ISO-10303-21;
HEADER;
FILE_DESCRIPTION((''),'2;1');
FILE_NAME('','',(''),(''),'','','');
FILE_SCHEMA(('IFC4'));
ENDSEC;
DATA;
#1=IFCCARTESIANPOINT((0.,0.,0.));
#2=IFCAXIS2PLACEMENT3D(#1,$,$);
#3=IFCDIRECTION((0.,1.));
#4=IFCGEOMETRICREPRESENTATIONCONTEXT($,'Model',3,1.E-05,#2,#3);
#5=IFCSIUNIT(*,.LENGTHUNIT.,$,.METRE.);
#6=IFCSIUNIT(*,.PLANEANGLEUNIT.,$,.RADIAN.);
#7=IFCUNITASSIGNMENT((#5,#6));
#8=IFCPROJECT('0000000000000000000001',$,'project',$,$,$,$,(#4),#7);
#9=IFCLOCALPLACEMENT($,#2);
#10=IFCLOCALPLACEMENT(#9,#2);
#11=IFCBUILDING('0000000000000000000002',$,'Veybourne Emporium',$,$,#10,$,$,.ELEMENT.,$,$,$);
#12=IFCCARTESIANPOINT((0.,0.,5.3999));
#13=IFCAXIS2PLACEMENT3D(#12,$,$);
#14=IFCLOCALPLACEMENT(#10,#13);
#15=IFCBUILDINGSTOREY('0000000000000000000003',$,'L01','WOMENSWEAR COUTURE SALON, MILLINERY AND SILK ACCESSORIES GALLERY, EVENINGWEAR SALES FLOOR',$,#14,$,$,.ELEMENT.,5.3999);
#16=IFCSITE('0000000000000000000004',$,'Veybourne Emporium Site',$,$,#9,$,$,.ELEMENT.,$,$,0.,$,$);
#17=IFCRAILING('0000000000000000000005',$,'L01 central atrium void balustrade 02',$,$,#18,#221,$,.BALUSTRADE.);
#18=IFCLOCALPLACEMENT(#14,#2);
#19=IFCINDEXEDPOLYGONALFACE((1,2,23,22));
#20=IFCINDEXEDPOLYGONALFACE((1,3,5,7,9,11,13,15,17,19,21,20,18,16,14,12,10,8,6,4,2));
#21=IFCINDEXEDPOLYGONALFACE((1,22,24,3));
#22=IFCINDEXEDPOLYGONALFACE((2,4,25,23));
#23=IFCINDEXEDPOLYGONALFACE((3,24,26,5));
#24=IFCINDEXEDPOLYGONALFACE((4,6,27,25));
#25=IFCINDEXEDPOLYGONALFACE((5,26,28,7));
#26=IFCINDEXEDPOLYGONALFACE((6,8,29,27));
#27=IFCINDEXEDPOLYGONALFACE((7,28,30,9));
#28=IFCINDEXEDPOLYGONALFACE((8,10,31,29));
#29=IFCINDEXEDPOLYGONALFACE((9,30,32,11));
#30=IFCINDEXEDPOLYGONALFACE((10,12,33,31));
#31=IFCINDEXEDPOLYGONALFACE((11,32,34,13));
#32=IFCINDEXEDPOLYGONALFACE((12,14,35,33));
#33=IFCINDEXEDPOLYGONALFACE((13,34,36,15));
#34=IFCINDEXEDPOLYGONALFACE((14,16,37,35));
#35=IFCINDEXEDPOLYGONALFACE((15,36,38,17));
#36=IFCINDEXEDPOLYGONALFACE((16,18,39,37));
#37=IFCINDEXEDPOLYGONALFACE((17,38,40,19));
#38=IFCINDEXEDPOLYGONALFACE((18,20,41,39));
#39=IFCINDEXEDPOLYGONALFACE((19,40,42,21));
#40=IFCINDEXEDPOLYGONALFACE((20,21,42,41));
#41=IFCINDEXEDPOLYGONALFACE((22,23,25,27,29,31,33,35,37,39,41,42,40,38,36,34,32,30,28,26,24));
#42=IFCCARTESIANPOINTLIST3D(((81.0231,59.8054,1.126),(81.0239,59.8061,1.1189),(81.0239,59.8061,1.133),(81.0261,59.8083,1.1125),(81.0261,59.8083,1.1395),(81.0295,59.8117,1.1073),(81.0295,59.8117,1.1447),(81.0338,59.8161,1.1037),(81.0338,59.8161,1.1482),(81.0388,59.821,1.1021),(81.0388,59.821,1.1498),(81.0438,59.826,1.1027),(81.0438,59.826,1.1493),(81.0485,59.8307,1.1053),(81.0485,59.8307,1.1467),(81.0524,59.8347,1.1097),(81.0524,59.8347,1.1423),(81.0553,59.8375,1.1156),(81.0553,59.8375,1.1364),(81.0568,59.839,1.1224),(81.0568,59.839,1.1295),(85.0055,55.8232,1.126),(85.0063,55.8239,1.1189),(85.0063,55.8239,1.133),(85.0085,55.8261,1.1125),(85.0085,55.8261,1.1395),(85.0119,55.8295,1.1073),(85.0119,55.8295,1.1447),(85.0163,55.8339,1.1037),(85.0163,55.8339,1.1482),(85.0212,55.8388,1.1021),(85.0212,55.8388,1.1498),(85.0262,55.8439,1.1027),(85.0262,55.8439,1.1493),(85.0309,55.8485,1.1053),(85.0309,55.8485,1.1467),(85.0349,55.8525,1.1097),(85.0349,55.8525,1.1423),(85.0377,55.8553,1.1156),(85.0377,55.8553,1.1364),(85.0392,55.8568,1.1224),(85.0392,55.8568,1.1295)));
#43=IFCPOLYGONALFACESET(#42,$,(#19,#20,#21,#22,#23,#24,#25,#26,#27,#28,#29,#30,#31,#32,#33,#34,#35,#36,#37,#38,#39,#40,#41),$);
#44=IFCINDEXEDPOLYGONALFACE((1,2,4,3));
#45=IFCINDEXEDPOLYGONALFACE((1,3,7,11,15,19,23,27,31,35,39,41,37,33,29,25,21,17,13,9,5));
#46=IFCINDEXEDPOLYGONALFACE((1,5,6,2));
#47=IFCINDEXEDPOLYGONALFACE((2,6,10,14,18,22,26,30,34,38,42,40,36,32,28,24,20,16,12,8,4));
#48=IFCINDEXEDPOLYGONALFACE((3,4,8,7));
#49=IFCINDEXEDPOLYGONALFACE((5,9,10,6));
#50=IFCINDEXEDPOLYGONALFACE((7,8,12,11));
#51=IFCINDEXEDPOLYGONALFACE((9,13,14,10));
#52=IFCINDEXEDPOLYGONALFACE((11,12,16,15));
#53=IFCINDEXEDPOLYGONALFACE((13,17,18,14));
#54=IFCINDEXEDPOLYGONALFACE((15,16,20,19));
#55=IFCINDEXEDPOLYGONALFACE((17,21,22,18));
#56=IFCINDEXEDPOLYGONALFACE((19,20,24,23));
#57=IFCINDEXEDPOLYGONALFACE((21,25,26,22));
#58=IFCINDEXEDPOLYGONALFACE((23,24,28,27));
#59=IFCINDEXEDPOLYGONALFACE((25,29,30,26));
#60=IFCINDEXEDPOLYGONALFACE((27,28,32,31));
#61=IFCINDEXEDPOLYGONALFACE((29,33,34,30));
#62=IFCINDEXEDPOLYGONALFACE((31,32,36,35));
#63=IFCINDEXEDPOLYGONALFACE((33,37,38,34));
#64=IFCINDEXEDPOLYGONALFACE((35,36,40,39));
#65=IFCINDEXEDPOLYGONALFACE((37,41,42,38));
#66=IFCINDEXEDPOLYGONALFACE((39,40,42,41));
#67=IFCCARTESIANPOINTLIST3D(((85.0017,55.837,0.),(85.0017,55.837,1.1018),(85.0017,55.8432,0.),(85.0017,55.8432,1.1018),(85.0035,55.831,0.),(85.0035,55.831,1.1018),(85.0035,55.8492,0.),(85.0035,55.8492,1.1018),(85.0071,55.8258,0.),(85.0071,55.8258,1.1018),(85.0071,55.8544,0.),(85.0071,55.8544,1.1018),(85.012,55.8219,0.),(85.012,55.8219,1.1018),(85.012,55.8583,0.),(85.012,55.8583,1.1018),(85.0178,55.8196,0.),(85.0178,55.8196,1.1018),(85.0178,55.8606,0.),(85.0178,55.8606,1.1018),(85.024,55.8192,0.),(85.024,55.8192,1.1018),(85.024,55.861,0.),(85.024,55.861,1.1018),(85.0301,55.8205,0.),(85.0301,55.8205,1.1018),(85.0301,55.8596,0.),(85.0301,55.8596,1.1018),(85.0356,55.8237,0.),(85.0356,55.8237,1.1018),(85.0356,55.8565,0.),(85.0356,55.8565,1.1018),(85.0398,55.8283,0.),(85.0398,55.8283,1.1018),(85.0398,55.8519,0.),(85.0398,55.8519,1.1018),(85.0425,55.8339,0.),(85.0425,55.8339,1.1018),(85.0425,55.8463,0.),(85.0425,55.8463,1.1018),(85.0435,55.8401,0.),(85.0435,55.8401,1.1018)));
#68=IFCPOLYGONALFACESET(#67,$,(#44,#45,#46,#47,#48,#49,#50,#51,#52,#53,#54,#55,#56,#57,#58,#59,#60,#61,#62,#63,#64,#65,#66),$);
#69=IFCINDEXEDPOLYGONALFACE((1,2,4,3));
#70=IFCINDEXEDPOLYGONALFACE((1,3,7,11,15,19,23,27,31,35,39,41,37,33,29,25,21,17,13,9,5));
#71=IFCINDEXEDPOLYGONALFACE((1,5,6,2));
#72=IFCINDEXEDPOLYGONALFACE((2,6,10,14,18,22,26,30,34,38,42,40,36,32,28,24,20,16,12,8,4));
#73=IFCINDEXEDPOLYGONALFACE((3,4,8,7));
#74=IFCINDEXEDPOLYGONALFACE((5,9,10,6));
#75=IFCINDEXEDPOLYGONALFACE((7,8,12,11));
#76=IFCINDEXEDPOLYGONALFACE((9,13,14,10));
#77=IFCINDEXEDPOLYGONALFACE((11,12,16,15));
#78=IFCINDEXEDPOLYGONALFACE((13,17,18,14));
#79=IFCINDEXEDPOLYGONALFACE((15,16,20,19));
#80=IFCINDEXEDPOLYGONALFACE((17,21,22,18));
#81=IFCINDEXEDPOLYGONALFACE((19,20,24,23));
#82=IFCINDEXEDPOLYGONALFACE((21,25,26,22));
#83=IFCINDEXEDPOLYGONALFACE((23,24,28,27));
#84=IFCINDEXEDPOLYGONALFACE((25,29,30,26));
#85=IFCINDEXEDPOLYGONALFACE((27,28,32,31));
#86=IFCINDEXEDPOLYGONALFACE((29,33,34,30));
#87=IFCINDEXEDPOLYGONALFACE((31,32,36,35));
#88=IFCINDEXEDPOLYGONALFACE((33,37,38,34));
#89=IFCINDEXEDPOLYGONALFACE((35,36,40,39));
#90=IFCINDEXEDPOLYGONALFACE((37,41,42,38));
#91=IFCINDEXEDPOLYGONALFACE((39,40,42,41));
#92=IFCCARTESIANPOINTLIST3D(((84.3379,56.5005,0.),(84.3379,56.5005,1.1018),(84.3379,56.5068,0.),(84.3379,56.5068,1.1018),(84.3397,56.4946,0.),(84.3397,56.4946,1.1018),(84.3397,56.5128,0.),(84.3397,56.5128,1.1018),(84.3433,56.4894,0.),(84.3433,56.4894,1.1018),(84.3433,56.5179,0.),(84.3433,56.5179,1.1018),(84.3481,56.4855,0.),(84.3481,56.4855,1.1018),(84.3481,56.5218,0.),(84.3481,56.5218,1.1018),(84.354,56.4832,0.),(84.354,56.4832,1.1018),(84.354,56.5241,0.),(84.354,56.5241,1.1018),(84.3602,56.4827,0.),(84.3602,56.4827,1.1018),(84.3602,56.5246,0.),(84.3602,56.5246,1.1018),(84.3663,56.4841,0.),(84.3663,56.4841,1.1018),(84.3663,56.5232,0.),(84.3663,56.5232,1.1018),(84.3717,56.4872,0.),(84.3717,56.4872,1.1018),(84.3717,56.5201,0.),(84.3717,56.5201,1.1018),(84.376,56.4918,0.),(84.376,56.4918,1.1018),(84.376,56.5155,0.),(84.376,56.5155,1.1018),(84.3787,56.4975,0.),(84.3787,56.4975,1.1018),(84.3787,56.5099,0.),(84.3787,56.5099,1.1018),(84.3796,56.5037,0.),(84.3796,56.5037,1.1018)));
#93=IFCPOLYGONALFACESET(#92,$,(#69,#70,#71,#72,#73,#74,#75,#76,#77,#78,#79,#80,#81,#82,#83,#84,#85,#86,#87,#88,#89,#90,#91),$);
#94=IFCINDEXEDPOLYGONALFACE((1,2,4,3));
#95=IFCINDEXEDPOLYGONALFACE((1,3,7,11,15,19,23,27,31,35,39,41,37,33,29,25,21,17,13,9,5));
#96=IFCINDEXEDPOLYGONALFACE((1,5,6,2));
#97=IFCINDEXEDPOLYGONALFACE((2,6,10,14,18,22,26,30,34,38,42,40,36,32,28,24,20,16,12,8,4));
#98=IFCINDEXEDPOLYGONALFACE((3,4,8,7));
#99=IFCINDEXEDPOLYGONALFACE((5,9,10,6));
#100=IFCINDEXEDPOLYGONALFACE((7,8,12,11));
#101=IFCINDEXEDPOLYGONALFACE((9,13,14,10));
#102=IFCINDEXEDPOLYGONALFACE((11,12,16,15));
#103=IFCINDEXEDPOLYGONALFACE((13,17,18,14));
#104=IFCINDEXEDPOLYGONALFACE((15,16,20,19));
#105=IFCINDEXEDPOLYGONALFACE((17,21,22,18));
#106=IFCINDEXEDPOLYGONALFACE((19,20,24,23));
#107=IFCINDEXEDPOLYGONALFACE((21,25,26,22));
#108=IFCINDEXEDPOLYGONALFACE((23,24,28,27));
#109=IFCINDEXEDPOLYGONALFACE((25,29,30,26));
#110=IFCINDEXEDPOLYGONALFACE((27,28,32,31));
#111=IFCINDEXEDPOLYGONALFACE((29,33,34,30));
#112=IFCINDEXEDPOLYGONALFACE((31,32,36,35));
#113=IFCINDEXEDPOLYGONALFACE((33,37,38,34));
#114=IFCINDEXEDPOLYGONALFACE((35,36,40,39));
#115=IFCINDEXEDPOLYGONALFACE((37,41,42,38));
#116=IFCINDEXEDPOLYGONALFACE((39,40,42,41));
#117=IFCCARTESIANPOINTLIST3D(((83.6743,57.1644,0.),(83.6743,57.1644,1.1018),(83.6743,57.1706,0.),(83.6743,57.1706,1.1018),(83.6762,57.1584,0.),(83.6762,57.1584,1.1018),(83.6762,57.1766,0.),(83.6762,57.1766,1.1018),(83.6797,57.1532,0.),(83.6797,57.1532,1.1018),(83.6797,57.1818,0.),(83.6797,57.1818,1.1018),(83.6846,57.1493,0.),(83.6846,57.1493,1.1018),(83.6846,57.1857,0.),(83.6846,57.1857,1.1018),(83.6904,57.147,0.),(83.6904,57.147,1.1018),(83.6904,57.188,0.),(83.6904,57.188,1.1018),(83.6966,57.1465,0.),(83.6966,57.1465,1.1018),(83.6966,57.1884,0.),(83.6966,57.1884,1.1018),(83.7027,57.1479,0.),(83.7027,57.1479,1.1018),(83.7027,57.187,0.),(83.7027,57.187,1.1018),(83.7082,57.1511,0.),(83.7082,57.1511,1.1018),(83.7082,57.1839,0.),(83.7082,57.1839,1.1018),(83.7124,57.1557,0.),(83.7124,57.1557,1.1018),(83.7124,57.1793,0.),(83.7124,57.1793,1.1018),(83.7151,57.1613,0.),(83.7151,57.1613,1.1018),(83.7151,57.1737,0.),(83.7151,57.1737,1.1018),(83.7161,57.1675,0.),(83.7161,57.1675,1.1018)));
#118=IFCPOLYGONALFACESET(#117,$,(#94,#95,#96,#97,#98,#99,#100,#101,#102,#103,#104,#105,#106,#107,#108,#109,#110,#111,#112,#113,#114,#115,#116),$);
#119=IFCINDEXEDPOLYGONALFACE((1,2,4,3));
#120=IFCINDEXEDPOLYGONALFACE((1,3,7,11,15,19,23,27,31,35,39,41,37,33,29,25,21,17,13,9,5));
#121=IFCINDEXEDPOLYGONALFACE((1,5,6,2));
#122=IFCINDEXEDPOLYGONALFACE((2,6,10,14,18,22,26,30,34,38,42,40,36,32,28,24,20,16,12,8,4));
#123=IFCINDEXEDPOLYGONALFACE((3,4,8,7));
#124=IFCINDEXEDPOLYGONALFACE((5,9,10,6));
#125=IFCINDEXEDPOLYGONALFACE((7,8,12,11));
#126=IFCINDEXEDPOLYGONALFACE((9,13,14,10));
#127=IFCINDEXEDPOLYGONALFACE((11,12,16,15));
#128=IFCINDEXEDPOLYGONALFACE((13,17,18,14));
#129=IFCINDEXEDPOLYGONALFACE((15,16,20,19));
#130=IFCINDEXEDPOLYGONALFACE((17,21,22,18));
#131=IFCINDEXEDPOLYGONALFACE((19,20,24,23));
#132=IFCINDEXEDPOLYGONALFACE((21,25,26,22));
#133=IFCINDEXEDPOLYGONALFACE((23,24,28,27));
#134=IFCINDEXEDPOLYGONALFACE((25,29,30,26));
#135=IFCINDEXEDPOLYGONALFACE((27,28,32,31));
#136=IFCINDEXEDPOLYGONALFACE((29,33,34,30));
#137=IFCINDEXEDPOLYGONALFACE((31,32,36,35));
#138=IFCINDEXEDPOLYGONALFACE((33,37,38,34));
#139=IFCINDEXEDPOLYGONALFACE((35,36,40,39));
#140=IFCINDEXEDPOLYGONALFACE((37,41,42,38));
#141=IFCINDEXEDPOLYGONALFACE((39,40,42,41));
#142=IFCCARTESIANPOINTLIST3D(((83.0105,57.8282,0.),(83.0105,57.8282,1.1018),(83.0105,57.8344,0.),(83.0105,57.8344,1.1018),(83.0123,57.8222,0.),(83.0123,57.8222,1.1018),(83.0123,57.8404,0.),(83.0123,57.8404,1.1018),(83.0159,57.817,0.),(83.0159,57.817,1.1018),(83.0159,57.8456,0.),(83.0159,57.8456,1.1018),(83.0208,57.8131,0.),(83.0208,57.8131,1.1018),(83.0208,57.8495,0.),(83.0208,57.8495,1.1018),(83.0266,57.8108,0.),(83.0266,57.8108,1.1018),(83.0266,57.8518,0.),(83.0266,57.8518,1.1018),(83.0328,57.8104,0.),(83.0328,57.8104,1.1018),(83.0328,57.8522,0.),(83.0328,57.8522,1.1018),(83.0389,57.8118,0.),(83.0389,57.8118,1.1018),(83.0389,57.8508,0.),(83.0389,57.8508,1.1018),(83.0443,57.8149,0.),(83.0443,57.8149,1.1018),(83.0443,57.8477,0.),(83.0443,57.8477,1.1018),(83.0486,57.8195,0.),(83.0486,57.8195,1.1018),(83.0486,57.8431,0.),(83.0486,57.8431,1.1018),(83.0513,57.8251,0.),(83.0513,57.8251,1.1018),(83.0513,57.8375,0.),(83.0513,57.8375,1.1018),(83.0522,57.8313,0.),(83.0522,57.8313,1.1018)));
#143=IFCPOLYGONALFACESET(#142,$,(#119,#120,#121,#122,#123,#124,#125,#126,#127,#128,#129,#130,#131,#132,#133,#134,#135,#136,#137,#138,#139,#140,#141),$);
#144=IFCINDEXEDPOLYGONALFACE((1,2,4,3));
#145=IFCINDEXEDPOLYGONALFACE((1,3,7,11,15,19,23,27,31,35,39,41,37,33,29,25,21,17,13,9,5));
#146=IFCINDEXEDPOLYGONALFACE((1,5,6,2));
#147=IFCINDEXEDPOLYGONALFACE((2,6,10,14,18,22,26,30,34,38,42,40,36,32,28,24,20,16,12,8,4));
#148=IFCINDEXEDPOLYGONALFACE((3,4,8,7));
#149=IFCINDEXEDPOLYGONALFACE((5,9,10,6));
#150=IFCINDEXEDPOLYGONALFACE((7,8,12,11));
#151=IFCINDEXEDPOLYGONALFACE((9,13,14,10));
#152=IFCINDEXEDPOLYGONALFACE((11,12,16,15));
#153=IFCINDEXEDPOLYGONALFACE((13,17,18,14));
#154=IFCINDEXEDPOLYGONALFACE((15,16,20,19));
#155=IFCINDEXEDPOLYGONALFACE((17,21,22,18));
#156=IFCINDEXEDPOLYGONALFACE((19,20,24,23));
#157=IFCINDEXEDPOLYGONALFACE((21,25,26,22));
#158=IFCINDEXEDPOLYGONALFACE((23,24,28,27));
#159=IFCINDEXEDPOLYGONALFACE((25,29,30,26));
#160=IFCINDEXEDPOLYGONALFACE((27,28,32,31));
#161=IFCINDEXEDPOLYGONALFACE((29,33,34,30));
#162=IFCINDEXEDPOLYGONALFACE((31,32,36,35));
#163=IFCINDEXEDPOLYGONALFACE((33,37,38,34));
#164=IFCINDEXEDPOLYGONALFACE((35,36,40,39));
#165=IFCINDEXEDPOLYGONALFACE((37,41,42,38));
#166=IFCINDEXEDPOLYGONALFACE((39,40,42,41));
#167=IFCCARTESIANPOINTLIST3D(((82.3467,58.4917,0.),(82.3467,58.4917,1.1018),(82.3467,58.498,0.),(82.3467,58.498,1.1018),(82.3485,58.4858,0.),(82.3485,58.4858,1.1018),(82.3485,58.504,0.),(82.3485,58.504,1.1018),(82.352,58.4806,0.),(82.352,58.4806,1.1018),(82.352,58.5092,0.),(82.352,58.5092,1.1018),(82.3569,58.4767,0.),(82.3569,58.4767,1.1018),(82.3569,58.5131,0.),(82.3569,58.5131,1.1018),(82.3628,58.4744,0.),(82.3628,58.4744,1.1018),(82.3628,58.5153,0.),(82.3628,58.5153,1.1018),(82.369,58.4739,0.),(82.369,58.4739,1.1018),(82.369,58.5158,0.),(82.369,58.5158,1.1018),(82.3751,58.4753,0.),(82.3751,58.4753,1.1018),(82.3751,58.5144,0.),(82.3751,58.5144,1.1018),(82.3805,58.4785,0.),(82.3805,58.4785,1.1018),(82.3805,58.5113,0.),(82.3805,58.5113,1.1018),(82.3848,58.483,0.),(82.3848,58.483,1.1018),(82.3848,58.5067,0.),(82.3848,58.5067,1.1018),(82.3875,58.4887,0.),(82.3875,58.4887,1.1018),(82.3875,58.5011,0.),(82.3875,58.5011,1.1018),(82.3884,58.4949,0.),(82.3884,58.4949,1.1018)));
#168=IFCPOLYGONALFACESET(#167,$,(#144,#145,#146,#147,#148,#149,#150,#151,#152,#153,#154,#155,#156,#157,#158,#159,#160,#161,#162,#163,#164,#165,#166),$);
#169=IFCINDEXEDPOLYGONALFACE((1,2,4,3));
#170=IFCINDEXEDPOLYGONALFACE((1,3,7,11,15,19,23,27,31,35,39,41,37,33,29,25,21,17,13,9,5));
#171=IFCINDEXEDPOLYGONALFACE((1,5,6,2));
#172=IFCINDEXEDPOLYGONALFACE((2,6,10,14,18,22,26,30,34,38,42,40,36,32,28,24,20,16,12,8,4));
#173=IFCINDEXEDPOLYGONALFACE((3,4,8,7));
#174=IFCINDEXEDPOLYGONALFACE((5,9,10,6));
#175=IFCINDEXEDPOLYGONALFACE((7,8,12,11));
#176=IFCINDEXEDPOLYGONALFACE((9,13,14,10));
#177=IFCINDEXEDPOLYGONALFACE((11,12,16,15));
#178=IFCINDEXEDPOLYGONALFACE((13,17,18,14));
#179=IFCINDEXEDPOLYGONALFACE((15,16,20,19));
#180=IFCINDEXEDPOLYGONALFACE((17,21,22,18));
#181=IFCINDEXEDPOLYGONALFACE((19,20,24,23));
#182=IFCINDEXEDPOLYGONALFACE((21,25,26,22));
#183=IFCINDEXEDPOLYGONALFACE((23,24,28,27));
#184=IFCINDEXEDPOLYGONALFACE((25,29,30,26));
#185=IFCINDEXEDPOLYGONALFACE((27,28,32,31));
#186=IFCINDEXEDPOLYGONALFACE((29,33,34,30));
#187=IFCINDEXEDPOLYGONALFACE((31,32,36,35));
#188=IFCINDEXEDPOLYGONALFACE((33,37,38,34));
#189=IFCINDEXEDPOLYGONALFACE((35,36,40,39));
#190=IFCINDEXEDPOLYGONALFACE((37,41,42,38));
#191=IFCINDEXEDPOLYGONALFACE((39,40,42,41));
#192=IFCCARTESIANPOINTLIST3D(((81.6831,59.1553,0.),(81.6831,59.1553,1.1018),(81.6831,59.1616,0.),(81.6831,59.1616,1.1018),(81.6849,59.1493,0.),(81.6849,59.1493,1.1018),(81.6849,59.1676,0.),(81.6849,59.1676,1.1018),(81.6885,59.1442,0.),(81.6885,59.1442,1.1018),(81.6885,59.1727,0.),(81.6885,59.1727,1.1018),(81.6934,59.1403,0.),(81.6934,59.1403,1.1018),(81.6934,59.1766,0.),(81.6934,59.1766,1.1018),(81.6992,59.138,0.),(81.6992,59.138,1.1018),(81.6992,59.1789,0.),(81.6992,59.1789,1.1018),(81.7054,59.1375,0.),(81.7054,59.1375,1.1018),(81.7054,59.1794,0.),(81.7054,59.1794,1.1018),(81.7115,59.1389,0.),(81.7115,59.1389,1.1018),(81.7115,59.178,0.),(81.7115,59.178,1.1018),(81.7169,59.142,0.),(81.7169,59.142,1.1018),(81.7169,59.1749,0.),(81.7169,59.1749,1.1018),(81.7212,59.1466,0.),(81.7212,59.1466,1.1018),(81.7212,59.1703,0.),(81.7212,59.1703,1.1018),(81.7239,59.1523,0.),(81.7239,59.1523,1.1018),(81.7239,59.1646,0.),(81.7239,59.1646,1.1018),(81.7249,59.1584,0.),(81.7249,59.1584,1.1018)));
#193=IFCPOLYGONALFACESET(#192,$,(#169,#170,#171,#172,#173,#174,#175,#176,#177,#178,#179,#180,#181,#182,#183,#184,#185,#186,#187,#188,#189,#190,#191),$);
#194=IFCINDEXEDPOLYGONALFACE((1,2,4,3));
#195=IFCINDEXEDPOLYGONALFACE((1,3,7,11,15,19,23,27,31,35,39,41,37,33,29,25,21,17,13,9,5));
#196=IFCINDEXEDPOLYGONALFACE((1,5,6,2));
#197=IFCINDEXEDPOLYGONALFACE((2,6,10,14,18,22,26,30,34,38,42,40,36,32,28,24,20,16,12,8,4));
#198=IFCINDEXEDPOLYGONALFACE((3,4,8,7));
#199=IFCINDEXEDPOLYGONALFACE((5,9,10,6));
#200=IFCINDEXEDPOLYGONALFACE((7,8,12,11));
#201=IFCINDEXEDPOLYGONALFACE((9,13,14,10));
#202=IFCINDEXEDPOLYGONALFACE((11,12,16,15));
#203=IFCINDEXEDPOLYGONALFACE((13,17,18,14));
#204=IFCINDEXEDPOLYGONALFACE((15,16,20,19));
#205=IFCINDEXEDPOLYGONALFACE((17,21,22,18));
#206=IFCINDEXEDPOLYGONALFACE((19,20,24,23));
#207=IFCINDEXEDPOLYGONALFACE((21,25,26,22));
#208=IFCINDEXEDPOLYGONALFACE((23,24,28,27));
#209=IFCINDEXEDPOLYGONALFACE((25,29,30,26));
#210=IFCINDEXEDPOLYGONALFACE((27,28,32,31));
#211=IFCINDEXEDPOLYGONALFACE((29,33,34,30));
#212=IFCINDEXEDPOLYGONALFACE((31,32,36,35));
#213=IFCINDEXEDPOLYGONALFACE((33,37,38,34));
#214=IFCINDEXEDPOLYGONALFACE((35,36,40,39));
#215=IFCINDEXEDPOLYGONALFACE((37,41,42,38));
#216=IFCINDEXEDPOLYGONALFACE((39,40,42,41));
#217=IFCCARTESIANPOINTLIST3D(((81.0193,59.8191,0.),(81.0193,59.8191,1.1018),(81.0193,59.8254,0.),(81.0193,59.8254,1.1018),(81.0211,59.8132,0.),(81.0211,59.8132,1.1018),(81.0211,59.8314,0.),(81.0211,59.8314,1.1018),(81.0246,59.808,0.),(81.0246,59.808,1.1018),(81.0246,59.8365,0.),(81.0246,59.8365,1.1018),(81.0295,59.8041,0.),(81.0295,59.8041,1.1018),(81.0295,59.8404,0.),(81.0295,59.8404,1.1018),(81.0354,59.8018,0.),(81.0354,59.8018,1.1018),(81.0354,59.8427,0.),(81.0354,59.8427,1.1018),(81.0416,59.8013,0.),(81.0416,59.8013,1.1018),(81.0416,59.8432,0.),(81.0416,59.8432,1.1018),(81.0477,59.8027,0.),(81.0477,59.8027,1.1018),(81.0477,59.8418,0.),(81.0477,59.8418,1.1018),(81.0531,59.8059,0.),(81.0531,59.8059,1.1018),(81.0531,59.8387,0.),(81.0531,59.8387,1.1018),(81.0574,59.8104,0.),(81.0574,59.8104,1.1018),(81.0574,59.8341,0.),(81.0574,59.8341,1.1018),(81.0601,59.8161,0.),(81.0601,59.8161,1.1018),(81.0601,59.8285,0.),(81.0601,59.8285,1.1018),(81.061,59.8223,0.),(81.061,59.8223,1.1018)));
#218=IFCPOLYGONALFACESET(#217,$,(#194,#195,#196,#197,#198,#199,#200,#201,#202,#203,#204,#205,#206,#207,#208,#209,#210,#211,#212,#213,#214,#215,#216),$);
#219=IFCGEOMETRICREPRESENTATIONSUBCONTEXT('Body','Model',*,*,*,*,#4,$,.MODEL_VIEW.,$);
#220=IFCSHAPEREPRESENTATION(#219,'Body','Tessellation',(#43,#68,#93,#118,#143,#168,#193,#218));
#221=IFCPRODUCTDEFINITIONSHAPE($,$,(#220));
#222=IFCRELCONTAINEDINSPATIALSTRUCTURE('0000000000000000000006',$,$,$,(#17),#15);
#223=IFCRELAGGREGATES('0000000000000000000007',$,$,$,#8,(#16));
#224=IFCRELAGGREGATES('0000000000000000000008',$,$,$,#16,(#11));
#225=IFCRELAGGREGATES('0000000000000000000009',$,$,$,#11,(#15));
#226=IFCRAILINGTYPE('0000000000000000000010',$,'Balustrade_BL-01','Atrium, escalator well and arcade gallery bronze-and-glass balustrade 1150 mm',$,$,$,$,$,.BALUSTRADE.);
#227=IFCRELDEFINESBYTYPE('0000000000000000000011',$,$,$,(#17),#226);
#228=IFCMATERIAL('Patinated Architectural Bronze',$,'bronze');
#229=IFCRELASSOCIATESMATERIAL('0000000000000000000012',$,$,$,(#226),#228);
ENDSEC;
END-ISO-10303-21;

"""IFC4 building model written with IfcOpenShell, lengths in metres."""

from ifc_helpers import new_model, si_unit, direction, frame, origin, origin_2d, place, context, subcontext, project, spatial, circle, extrude, material, type_object, element, save


model = new_model("IFC4")

# Units and contexts
model_context = context("Model", 3, precision=1e-05, world=origin(), true_north=direction((0.0, 1.0)))
body_context = subcontext(model_context, "Body", "Model", "MODEL_VIEW")
ifc_project = project(units=[si_unit("LENGTHUNIT", "METRE"), si_unit("PLANEANGLEUNIT", "RADIAN")], contexts=[model_context])

# Site, building, storey
site_placement = place(None, origin())
site = spatial("IfcSite", under=ifc_project, at=site_placement, Name="Veybourne Emporium Site", CompositionType="ELEMENT", RefElevation=0.0)
building_placement = place(site_placement, origin())
building = spatial("IfcBuilding", under=site, at=building_placement, Name="Veybourne Emporium", CompositionType="ELEMENT")
storey_placement = place(building_placement, frame((0.0, 0.0, 5.3999)))
storey = spatial("IfcBuildingStorey", under=building, at=storey_placement, Name="L01", Description="WOMENSWEAR COUTURE SALON, MILLINERY AND SILK ACCESSORIES GALLERY, EVENINGWEAR SALES FLOOR", CompositionType="ELEMENT", Elevation=5.3999)

# Railing
ifc_material_1 = material(Name="Patinated Architectural Bronze", Category="bronze")
railing_type = type_object("IfcRailingType", Name="Balustrade_BL-01", Description="Atrium, escalator well and arcade gallery bronze-and-glass balustrade 1150 mm", PredefinedType="BALUSTRADE", material=ifc_material_1)
railing_1_placement = place(storey_placement, frame((85.0225, 55.8401, 0.0)))
element("IfcRailing", 1, at=railing_1_placement, inside=storey, type_object=railing_type, Name="L01 central atrium void balustrade 02", PredefinedType="BALUSTRADE", context=body_context, shape_type="SweptSolid", body=[
    extrude(circle(Radius=0.0239, at=origin_2d()), frame((0.0, 0.0, 1.126), z_axis=(-0.707128, 0.707085, 0.0), x_axis=(-0.707085, -0.707128, 0.0)), (0.0, 0.0, 1.0), 5.6318),
    extrude(circle(Radius=0.021, at=origin_2d()), origin(), (0.0, 0.0, 1.0), 1.1018),
    extrude(circle(Radius=0.021, at=origin_2d()), frame((-0.6638, 0.6636, 0.0)), (0.0, 0.0, 1.0), 1.1018),
    extrude(circle(Radius=0.021, at=origin_2d()), frame((-1.3274, 1.3274, 0.0)), (0.0, 0.0, 1.0), 1.1018),
    extrude(circle(Radius=0.021, at=origin_2d()), frame((-1.9912, 1.9912, 0.0)), (0.0, 0.0, 1.0), 1.1018),
    extrude(circle(Radius=0.021, at=origin_2d()), frame((-2.655, 2.6548, 0.0)), (0.0, 0.0, 1.0), 1.1018),
    extrude(circle(Radius=0.021, at=origin_2d()), frame((-3.3186, 3.3184, 0.0)), (0.0, 0.0, 1.0), 1.1018),
    extrude(circle(Radius=0.021, at=origin_2d()), frame((-3.9824, 3.9822, 0.0)), (0.0, 0.0, 1.0), 1.1018),
])

save(model, "model.ifc")
